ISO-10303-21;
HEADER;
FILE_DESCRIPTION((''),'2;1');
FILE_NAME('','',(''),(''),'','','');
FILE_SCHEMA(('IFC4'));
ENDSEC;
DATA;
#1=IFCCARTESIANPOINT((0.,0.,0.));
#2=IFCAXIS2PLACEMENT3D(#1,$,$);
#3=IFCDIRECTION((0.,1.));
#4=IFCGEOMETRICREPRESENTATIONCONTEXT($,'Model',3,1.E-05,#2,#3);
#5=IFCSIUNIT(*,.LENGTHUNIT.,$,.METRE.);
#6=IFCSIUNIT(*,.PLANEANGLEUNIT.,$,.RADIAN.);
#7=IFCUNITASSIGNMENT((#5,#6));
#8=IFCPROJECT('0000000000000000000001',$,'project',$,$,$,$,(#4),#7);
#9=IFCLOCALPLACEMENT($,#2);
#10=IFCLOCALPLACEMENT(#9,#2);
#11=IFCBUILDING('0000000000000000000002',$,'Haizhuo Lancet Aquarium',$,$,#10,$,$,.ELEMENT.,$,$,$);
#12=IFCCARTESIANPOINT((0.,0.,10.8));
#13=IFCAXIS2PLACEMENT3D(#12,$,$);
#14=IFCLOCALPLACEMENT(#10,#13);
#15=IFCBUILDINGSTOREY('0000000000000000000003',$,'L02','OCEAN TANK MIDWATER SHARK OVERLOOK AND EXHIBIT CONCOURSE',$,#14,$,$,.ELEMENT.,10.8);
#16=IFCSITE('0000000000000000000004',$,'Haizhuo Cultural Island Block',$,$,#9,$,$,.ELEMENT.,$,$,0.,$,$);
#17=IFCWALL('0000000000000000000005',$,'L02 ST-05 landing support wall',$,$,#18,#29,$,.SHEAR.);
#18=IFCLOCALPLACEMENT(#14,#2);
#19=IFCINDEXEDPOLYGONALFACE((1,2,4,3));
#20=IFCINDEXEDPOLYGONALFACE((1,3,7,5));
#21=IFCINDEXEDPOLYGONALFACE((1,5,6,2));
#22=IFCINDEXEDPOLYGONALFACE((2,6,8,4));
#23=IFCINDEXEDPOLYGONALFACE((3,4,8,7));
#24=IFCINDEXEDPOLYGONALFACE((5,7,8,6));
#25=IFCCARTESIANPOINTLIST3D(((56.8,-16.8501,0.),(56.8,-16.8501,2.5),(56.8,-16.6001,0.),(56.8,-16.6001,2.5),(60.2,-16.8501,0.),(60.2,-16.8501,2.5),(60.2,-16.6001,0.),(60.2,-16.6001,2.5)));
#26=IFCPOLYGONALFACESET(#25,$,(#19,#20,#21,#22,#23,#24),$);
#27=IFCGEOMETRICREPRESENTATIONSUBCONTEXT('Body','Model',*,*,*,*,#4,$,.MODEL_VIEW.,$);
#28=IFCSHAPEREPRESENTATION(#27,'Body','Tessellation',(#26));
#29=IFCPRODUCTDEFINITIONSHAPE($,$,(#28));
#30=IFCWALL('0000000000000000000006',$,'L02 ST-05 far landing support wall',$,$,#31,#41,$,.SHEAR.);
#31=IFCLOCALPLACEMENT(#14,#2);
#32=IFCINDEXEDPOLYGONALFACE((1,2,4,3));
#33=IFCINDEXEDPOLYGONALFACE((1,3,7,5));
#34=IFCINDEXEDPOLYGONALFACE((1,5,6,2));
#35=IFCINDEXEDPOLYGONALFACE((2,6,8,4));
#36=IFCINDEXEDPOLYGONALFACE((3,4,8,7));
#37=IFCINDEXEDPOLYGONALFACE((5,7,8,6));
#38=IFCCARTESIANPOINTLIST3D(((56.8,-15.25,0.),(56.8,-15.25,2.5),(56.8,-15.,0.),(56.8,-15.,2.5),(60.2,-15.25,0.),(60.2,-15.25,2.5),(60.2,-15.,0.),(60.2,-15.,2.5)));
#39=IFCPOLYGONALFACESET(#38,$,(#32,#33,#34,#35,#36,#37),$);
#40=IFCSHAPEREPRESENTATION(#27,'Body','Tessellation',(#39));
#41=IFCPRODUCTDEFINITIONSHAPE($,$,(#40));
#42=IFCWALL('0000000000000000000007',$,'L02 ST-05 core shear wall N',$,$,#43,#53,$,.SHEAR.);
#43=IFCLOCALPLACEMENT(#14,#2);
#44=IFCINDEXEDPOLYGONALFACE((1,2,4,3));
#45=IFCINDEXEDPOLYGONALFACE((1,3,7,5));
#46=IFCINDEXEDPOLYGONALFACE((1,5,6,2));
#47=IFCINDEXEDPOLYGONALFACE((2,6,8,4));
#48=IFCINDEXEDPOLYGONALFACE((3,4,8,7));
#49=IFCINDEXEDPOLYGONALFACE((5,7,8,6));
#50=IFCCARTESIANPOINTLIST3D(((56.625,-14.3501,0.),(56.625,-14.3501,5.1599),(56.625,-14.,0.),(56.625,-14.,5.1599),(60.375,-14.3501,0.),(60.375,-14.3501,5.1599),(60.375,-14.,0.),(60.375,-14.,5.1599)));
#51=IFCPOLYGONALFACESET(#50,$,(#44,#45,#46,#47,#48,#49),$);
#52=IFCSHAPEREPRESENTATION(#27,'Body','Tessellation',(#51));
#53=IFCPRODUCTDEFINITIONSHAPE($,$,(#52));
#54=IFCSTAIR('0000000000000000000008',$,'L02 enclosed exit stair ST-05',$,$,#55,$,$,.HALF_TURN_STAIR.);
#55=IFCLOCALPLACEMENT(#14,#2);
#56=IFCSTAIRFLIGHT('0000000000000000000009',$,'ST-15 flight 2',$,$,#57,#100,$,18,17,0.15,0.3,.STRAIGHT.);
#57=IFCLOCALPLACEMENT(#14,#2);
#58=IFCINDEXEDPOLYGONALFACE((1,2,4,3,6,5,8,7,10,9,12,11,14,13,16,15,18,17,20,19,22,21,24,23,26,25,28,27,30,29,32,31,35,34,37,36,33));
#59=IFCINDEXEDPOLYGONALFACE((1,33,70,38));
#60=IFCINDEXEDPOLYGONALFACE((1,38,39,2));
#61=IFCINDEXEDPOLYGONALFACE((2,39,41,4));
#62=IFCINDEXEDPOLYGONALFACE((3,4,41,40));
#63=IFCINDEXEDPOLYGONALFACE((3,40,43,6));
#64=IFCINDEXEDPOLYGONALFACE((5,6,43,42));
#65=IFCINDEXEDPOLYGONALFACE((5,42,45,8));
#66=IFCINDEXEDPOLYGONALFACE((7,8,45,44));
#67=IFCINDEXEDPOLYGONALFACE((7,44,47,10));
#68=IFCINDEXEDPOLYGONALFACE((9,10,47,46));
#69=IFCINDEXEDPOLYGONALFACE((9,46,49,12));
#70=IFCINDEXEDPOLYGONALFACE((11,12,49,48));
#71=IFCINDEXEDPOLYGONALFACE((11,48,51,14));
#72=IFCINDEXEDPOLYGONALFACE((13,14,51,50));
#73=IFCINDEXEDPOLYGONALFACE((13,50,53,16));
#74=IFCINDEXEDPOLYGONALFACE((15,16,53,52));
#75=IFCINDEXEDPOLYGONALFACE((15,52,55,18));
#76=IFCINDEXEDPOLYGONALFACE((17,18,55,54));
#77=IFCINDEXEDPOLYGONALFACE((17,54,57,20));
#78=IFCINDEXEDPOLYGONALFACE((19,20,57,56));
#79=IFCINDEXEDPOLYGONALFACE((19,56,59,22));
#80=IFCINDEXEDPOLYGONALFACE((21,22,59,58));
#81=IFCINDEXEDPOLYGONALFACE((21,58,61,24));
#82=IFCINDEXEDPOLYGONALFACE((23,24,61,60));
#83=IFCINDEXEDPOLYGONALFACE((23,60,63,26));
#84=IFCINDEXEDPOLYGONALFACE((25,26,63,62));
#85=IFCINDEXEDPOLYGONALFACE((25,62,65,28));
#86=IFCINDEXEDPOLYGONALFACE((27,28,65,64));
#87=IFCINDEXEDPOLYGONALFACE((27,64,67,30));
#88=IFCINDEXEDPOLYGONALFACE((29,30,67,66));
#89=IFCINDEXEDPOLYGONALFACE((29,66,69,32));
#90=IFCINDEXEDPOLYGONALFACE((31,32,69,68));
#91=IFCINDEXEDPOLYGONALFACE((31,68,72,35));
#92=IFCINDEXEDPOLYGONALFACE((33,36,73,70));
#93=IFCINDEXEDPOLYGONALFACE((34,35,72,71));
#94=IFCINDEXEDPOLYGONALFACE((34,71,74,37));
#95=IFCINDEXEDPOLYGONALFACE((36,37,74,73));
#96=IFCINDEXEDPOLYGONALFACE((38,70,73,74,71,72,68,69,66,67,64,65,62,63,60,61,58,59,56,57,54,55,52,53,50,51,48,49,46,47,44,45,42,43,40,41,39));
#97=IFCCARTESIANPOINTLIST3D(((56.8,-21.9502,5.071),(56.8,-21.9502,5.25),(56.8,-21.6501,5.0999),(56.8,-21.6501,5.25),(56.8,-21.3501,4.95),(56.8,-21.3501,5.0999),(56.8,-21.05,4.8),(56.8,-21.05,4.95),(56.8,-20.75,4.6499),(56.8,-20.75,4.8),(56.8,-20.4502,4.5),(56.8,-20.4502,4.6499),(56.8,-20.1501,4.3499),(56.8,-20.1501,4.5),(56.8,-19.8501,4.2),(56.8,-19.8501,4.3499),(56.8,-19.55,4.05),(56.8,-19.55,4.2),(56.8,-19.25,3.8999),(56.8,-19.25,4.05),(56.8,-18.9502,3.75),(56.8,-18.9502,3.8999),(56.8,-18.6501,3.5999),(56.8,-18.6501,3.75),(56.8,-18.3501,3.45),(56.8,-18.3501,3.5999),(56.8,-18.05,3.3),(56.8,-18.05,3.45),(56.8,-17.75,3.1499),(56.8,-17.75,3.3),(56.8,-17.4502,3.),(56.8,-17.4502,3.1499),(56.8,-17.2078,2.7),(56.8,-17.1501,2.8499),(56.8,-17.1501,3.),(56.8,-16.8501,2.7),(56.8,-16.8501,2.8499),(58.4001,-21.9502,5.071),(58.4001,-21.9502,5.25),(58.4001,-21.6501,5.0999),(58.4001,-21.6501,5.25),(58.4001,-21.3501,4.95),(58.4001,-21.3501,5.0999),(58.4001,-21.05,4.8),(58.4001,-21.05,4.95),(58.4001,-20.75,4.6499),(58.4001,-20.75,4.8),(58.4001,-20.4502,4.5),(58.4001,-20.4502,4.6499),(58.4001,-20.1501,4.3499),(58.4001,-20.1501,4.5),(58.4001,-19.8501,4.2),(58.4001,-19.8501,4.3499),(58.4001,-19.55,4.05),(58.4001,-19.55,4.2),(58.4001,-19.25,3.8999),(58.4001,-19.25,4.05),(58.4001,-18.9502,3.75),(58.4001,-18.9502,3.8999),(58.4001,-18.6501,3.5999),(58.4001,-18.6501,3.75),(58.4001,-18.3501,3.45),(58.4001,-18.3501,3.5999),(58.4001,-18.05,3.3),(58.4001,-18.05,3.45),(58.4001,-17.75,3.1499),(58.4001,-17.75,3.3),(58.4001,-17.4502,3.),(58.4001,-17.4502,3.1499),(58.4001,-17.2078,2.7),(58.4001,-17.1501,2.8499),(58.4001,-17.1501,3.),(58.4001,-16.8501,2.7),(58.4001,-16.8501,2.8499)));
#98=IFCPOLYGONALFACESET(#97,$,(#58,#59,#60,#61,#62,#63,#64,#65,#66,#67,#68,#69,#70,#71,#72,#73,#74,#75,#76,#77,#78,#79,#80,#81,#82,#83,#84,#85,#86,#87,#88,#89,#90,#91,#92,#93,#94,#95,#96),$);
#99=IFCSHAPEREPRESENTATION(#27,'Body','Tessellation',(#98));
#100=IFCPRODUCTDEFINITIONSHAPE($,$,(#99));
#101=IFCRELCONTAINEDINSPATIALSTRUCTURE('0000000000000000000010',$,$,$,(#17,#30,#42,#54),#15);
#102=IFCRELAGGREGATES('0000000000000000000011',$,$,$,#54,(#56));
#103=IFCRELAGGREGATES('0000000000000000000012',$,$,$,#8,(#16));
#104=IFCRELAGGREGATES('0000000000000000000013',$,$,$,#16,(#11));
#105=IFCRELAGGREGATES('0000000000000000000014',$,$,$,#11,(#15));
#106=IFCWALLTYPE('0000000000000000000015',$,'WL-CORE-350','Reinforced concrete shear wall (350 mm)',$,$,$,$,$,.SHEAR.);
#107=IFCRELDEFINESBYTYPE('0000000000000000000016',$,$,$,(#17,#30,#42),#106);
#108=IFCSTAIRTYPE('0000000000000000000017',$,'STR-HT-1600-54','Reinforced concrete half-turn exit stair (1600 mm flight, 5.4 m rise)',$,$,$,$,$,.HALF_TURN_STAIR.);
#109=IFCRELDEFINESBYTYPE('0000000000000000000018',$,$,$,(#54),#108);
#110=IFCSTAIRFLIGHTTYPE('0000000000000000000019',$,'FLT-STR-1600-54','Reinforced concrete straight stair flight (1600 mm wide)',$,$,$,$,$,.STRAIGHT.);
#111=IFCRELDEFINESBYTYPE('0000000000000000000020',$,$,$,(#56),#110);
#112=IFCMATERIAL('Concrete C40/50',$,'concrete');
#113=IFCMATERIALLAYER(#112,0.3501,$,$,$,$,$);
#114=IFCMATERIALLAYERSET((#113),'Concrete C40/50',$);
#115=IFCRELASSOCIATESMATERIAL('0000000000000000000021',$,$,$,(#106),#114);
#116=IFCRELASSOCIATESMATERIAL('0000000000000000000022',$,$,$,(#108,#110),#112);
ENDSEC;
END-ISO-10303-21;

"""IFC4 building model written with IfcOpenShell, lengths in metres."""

from ifc_helpers import new_model, si_unit, direction, frame, frame_2d, origin, place, context, subcontext, project, spatial, polyline, rectangle, outline, extrude, material, layer, layer_set, type_object, element, aggregate, save


model = new_model("IFC4")

# Units and contexts
model_context = context("Model", 3, precision=1e-05, world=origin(), true_north=direction((0.0, 1.0)))
body_context = subcontext(model_context, "Body", "Model", "MODEL_VIEW")
ifc_project = project(units=[si_unit("LENGTHUNIT", "METRE"), si_unit("PLANEANGLEUNIT", "RADIAN")], contexts=[model_context])

# Site, building, storey
site_placement = place(None, origin())
site = spatial("IfcSite", under=ifc_project, at=site_placement, Name="Haizhuo Cultural Island Block", CompositionType="ELEMENT", RefElevation=0.0)
building_placement = place(site_placement, origin())
building = spatial("IfcBuilding", under=site, at=building_placement, Name="Haizhuo Lancet Aquarium", CompositionType="ELEMENT")
storey_placement = place(building_placement, frame((0.0, 0.0, 10.8)))
storey = spatial("IfcBuildingStorey", under=building, at=storey_placement, Name="L02", Description="OCEAN TANK MIDWATER SHARK OVERLOOK AND EXHIBIT CONCOURSE", CompositionType="ELEMENT", Elevation=10.8)

# Shared definitions
ifc_material_1 = material(Name="Concrete C40/50", Category="concrete")

# Walls
ifc_layer_1 = layer(ifc_material_1, 0.3501)
ifc_layer_set_1 = layer_set([ifc_layer_1], Name="Concrete C40/50")
wall_type_1 = type_object("IfcWallType", Name="WL-CORE-350", Description="Reinforced concrete shear wall (350 mm)", PredefinedType="SHEAR", material=ifc_layer_set_1)
for number, where, z_axis, x_axis, name in (
    (1, (56.8, -16.7251, 0.0), (0.0, 0.0, 1.0), (1.0, 0.0, 0.0), "L02 ST-05 landing support wall"),
    (2, (56.8, -15.125, 0.0), (0.0, 0.0, 1.0), (1.0, 0.0, 0.0), "L02 ST-05 far landing support wall"),
):
    element("IfcWall", number, at=place(storey_placement, frame(where, z_axis=z_axis, x_axis=x_axis)), inside=storey, type_object=wall_type_1, Name=name, PredefinedType="SHEAR", context=body_context, shape_type="SweptSolid", body=[
        extrude(rectangle(XDim=3.3999, YDim=0.25, at=frame_2d((1.7, 0.0))), origin(), (0.0, 0.0, 1.0), 2.5),
    ])
wall_1_placement = place(storey_placement, frame((56.625, -14.175, 0.0), z_axis=(0.0, 0.0, 1.0), x_axis=(1.0, 0.0, 0.0)))
element("IfcWall", 3, at=wall_1_placement, inside=storey, type_object=wall_type_1, Name="L02 ST-05 core shear wall N", PredefinedType="SHEAR", context=body_context, shape_type="SweptSolid", body=[
    extrude(rectangle(XDim=3.75, YDim=0.3501, at=frame_2d((1.875, 0.0))), origin(), (0.0, 0.0, 1.0), 5.1599),
])

# Stair, stair flight
stair_type = type_object("IfcStairType", Name="STR-HT-1600-54", Description="Reinforced concrete half-turn exit stair (1600 mm flight, 5.4 m rise)", PredefinedType="HALF_TURN_STAIR", material=ifc_material_1)
stair_placement = place(storey_placement, origin())
stair = element("IfcStair", 4, at=stair_placement, inside=storey, type_object=stair_type, Name="L02 enclosed exit stair ST-05", PredefinedType="HALF_TURN_STAIR")
stair_flight_type = type_object("IfcStairFlightType", Name="FLT-STR-1600-54", Description="Reinforced concrete straight stair flight (1600 mm wide)", PredefinedType="STRAIGHT", material=ifc_material_1)
stair_flight_placement = place(storey_placement, frame((57.6001, -16.8501, 2.7), z_axis=(0.0, 0.0, 1.0), x_axis=(0.0, -1.0, 0.0)))
stair_flight = element("IfcStairFlight", 5, at=stair_flight_placement, type_object=stair_flight_type, Name="ST-15 flight 2", NumberOfRisers=18, NumberOfTreads=17, PredefinedType="STRAIGHT", RiserHeight=0.15, TreadLength=0.3, context=body_context, shape_type="SweptSolid", body=[
    extrude(outline(polyline([(0.0, 0.0), (0.0, 0.1499), (0.3, 0.1499), (0.3, 0.3), (0.6001, 0.3), (0.6001, 0.45), (0.8999, 0.45), (0.8999, 0.6001), (1.2, 0.6001), (1.2, 0.75), (1.5, 0.75), (1.5, 0.8999), (1.8, 0.8999), (1.8, 1.05), (2.1001, 1.05), (2.1001, 1.2), (2.3999, 1.2), (2.3999, 1.3501), (2.7, 1.3501), (2.7, 1.5), (3.0, 1.5), (3.0, 1.6499), (3.3, 1.6499), (3.3, 1.8), (3.6001, 1.8), (3.6001, 1.95), (3.8999, 1.95), (3.8999, 2.1001), (4.2, 2.1001), (4.2, 2.25), (4.5, 2.25), (4.5, 2.3999), (4.8, 2.3999), (4.8, 2.55), (5.1001, 2.55), (5.1001, 2.7), (5.1001, 2.3711), (0.3577, 0.0), (0.0, 0.0)])), frame((0.0, 0.8, 0.0), z_axis=(0.0, -1.0, 0.0), x_axis=(1.0, 0.0, 0.0)), (0.0, 0.0, 1.0), 1.6001),
])
aggregate(stair, [stair_flight])

save(model, "model.ifc")
